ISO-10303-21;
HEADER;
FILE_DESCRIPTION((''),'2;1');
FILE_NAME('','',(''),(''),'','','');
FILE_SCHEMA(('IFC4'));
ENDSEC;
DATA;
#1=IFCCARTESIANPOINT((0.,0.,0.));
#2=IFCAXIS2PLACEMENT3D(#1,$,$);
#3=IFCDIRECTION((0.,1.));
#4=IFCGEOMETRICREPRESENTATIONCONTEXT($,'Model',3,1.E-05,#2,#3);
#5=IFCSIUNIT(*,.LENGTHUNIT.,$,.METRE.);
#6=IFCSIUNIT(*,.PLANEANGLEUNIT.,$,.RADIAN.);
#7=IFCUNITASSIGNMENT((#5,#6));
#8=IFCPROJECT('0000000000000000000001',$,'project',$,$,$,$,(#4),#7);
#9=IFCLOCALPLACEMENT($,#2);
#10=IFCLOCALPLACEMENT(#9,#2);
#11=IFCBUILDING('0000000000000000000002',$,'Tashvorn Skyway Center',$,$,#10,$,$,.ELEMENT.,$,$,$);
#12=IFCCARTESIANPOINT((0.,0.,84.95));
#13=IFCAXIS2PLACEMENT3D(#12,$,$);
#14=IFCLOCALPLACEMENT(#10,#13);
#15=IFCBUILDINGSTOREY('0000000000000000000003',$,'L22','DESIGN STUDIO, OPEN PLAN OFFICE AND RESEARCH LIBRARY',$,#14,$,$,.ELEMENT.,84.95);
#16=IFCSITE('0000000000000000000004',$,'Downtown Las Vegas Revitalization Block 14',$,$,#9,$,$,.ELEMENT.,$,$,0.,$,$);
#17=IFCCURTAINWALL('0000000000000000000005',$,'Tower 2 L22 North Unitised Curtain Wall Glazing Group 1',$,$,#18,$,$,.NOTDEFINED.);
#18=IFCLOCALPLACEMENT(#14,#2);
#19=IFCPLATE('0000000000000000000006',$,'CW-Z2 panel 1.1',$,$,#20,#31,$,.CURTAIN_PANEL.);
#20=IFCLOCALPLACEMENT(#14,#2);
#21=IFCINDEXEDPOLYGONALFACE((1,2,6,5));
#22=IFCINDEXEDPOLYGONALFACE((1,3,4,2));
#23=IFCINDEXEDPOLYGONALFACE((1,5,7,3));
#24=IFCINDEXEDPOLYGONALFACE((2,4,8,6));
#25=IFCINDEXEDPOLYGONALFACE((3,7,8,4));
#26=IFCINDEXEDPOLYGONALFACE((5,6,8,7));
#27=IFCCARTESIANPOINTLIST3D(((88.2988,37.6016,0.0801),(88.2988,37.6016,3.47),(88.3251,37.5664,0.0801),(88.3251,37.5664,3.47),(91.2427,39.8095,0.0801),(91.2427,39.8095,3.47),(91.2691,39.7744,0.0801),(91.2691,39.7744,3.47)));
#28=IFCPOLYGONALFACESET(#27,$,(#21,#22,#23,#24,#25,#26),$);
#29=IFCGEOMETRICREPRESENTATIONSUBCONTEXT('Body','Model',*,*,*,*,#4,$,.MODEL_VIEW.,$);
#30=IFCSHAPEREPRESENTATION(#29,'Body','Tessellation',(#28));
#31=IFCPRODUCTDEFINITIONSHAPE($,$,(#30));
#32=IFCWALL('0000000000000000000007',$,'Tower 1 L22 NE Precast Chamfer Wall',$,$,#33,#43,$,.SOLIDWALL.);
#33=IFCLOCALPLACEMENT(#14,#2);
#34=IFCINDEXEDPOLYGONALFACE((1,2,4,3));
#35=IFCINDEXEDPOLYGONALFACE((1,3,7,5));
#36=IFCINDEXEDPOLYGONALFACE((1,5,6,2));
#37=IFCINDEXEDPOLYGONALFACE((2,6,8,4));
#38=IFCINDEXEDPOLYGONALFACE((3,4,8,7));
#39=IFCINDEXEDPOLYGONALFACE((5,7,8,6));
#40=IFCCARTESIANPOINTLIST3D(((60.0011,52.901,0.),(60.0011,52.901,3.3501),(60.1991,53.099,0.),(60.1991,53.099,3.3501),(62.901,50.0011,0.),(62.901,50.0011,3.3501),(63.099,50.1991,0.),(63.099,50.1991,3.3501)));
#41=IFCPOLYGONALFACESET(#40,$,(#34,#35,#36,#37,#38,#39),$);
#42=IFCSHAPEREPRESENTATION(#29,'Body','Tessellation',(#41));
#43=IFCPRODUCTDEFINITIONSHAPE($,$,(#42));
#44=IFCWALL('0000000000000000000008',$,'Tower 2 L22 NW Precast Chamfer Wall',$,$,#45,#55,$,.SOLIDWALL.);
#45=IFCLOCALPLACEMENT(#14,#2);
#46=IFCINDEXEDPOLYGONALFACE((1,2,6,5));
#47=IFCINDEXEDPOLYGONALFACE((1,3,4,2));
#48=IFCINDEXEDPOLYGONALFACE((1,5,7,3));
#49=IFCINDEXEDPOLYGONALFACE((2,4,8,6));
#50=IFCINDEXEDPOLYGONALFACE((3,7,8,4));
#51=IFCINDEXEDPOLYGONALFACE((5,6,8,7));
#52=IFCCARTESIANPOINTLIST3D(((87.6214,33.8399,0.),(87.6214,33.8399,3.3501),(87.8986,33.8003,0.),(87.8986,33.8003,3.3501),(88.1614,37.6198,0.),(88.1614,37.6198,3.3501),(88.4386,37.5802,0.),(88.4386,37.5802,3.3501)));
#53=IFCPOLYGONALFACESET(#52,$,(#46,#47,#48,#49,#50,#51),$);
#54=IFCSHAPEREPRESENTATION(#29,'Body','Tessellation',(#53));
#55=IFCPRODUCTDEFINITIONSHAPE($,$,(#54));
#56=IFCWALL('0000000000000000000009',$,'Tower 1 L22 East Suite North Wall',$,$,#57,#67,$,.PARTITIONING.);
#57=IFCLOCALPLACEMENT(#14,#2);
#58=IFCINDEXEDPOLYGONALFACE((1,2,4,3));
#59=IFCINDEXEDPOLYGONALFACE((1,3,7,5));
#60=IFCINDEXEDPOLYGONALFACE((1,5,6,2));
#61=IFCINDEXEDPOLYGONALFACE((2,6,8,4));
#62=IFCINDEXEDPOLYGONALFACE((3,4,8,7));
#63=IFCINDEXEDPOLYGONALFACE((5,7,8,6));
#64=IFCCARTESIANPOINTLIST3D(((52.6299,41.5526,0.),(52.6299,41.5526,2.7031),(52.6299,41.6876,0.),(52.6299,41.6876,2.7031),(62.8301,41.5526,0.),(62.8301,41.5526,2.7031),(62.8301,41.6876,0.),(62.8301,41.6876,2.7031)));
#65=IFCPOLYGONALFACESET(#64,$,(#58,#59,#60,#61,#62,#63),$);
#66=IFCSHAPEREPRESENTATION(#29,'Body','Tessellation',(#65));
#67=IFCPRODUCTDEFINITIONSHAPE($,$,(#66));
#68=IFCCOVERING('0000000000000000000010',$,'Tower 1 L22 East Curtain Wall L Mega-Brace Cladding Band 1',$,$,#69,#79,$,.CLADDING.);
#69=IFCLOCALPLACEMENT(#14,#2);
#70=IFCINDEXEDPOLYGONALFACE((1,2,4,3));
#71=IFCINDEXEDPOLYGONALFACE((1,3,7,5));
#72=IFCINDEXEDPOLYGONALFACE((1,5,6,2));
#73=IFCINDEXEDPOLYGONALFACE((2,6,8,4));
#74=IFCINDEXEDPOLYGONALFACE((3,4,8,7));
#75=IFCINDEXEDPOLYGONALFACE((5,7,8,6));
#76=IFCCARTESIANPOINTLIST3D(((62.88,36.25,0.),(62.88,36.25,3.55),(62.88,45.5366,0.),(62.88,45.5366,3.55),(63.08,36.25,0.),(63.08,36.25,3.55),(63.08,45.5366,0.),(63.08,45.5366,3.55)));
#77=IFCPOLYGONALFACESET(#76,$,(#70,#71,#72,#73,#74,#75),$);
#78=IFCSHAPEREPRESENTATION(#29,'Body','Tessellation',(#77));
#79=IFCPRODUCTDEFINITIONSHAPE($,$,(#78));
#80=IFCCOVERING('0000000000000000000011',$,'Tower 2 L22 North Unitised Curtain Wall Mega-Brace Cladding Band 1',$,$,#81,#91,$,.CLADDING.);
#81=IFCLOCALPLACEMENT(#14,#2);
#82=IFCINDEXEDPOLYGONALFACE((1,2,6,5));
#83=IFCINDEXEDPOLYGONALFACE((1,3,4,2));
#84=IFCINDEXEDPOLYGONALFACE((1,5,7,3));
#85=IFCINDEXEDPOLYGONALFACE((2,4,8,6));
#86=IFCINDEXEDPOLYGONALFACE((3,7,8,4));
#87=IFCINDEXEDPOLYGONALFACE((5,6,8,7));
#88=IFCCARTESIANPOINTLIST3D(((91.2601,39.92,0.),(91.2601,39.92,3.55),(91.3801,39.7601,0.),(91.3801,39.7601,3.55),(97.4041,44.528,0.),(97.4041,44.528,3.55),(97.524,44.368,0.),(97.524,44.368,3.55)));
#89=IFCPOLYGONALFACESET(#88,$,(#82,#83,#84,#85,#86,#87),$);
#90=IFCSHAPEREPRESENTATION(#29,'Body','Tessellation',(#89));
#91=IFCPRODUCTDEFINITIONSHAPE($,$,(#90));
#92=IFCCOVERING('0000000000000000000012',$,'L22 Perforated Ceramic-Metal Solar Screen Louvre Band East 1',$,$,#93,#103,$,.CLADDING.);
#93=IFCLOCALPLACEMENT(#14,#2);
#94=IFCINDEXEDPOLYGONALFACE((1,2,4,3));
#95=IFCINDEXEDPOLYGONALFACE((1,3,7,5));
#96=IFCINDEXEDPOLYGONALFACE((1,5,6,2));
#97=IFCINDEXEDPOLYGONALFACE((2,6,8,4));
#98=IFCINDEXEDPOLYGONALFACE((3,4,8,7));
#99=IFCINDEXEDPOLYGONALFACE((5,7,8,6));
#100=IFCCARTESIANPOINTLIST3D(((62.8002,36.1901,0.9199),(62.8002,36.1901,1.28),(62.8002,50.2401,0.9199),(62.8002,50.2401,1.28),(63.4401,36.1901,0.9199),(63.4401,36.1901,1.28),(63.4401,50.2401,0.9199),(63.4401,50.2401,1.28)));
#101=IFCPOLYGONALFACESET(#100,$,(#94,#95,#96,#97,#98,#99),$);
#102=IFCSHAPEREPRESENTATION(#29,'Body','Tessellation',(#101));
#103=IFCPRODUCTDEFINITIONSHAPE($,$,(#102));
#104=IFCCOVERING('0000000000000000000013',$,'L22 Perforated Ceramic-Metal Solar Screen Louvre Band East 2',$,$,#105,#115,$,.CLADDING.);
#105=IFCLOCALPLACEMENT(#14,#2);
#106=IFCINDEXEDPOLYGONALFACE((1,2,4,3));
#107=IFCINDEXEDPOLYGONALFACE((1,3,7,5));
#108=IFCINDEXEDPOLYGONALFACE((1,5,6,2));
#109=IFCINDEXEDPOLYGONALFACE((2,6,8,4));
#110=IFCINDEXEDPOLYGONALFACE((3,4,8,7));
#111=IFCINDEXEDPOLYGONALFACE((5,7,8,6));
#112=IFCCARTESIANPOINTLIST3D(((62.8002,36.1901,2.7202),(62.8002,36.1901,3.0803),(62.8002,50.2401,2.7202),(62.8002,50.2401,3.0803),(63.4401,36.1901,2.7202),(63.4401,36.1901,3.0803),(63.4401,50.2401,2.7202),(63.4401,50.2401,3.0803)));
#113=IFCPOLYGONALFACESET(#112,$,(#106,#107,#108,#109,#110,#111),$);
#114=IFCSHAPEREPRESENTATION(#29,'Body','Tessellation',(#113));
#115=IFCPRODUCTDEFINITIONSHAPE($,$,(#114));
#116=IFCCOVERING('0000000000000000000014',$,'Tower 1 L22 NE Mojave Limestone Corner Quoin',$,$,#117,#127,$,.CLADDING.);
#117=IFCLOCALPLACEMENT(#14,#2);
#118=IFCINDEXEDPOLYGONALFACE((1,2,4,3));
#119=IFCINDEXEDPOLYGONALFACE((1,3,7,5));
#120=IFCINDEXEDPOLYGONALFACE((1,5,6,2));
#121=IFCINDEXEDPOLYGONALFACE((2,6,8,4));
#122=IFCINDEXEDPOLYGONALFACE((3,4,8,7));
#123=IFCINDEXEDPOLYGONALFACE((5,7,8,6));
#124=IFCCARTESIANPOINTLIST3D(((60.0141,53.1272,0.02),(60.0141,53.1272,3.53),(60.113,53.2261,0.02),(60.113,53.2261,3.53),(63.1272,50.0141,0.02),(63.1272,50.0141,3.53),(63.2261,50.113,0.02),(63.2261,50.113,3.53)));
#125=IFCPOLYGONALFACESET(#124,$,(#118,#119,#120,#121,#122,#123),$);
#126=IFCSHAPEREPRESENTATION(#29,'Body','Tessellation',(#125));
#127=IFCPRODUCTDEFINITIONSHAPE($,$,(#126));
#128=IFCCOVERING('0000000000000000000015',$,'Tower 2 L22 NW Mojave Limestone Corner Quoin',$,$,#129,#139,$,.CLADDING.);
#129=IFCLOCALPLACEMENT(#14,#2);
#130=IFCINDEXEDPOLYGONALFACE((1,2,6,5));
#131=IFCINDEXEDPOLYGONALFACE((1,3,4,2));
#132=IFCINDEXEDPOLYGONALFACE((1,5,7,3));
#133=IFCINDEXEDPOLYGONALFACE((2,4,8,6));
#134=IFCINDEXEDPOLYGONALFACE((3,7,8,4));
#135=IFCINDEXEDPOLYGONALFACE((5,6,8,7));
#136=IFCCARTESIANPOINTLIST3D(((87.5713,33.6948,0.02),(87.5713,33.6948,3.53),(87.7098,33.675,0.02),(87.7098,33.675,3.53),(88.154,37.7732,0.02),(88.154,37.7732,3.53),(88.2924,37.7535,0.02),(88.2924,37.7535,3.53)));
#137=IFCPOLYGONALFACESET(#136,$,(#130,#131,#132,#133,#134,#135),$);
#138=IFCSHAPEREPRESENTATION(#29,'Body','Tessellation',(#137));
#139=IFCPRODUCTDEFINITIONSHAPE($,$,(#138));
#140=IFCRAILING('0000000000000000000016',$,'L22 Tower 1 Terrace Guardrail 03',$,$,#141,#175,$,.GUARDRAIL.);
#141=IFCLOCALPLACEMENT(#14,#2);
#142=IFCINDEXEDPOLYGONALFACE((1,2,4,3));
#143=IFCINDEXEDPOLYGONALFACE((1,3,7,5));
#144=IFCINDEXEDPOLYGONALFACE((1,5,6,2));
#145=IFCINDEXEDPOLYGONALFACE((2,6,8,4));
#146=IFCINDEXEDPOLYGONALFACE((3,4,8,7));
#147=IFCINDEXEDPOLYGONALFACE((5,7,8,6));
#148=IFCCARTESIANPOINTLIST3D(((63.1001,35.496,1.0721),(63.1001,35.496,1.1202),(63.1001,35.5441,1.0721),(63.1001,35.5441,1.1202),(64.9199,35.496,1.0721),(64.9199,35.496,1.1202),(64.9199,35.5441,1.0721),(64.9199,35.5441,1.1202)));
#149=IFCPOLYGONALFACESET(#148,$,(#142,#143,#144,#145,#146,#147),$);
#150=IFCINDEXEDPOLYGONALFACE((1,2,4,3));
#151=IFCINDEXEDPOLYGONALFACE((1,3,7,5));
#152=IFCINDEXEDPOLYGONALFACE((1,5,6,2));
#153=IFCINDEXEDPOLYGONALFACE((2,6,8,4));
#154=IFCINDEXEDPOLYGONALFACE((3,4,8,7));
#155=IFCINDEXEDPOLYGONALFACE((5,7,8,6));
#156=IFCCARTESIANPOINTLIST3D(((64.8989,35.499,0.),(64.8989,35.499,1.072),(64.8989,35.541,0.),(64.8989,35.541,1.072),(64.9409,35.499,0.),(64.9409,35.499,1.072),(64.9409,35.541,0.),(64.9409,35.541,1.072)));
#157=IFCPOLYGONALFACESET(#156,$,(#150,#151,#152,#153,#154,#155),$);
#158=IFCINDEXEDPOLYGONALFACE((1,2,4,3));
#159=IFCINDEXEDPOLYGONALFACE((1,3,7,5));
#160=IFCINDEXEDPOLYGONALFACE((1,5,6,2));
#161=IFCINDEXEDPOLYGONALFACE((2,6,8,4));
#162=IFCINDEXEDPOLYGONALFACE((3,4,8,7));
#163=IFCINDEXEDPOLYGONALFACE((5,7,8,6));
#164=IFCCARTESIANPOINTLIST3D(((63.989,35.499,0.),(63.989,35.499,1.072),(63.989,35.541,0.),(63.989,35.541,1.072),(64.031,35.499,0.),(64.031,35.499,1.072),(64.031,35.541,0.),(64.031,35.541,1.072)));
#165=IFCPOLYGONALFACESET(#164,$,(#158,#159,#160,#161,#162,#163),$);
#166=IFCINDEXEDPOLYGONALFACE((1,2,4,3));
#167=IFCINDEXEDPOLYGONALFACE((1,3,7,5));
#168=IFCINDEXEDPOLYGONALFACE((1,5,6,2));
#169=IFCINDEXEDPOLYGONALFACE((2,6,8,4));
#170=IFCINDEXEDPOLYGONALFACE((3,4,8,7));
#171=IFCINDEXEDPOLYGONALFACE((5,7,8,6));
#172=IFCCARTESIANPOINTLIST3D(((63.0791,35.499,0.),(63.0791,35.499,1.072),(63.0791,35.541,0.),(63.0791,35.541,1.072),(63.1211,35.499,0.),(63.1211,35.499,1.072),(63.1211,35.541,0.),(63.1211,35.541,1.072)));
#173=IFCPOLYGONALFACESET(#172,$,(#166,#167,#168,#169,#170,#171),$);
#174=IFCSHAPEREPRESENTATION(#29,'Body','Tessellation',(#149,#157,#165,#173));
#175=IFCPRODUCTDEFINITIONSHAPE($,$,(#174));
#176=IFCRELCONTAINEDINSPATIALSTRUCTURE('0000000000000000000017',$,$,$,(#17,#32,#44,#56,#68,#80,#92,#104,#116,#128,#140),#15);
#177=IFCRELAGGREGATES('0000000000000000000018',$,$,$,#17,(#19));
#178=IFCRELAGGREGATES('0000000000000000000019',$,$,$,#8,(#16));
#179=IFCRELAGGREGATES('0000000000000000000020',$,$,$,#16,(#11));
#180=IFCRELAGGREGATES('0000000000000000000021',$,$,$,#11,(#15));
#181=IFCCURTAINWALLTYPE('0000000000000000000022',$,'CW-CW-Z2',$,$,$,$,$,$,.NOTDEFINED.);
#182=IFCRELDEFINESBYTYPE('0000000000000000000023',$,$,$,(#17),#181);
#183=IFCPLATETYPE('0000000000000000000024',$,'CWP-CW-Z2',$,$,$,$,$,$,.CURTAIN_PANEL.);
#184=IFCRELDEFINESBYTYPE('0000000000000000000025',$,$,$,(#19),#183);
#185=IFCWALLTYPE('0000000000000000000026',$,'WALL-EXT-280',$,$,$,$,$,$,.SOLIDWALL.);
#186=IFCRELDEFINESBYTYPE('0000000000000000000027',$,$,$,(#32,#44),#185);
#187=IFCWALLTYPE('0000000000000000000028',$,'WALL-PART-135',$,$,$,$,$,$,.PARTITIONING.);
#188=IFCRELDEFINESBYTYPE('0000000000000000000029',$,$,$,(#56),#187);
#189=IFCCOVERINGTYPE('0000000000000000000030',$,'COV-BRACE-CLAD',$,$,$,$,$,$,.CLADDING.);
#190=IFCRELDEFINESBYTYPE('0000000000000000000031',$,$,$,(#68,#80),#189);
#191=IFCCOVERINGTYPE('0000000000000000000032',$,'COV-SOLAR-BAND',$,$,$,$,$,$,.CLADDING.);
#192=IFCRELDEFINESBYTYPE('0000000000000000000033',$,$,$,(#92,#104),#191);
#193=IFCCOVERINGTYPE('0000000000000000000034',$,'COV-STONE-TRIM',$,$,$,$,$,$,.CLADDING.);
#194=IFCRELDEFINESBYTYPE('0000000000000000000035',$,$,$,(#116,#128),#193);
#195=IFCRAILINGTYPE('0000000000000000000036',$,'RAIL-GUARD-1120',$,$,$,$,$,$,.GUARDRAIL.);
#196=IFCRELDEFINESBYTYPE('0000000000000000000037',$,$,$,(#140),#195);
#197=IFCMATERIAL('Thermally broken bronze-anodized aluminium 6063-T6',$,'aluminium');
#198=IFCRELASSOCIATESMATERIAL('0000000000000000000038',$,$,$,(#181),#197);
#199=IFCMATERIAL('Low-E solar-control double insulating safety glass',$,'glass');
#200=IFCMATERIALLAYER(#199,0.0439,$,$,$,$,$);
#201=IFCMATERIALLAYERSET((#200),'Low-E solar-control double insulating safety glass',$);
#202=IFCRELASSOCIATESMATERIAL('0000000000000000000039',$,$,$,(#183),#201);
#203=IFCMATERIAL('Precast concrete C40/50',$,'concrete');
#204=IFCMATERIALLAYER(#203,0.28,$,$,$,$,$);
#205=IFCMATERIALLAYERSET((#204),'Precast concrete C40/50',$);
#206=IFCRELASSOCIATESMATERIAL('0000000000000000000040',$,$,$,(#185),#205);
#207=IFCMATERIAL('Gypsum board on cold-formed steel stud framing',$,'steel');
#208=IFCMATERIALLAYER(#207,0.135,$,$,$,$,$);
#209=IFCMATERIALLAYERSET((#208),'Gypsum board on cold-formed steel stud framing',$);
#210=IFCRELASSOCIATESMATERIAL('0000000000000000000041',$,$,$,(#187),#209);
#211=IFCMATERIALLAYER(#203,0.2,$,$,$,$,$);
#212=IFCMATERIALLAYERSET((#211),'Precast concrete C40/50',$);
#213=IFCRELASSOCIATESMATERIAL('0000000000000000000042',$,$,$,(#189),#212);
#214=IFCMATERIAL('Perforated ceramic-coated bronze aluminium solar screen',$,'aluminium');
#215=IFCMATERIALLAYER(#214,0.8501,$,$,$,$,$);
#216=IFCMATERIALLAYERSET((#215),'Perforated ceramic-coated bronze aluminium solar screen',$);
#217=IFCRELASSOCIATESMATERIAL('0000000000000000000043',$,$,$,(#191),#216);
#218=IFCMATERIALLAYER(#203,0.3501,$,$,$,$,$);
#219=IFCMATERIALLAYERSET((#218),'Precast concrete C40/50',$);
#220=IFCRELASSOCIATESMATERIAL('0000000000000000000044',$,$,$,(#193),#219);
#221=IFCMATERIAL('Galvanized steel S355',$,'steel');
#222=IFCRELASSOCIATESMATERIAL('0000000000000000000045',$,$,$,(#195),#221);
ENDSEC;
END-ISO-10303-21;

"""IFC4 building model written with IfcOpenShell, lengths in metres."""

from ifc_helpers import new_model, si_unit, direction, frame, frame_2d, origin, origin_2d, place, context, subcontext, project, spatial, rectangle, extrude, material, layer, layer_set, type_object, element, aggregate, save


model = new_model("IFC4")

# Units and contexts
model_context = context("Model", 3, precision=1e-05, world=origin(), true_north=direction((0.0, 1.0)))
body_context = subcontext(model_context, "Body", "Model", "MODEL_VIEW")
ifc_project = project(units=[si_unit("LENGTHUNIT", "METRE"), si_unit("PLANEANGLEUNIT", "RADIAN")], contexts=[model_context])

# Site, building, storey
site_placement = place(None, origin())
site = spatial("IfcSite", under=ifc_project, at=site_placement, Name="Downtown Las Vegas Revitalization Block 14", CompositionType="ELEMENT", RefElevation=0.0)
building_placement = place(site_placement, origin())
building = spatial("IfcBuilding", under=site, at=building_placement, Name="Tashvorn Skyway Center", CompositionType="ELEMENT")
storey_placement = place(building_placement, frame((0.0, 0.0, 84.95)))
storey = spatial("IfcBuildingStorey", under=building, at=storey_placement, Name="L22", Description="DESIGN STUDIO, OPEN PLAN OFFICE AND RESEARCH LIBRARY", CompositionType="ELEMENT", Elevation=84.95)

# Shared definitions
ifc_material_1 = material(Name="Thermally broken bronze-anodized aluminium 6063-T6", Category="aluminium")
curtain_wall_type = type_object("IfcCurtainWallType", Name="CW-CW-Z2", PredefinedType="NOTDEFINED", material=ifc_material_1)

# Curtain wall
curtain_wall_1_placement = place(storey_placement, origin())
curtain_wall_1 = element("IfcCurtainWall", 1, at=curtain_wall_1_placement, inside=storey, type_object=curtain_wall_type, Name="Tower 2 L22 North Unitised Curtain Wall Glazing Group 1", PredefinedType="NOTDEFINED")

# Plate
ifc_material_2 = material(Name="Low-E solar-control double insulating safety glass", Category="glass")
ifc_layer_1 = layer(ifc_material_2, 0.0439)
ifc_layer_set_1 = layer_set([ifc_layer_1], Name="Low-E solar-control double insulating safety glass")
plate_type = type_object("IfcPlateType", Name="CWP-CW-Z2", PredefinedType="CURTAIN_PANEL", material=ifc_layer_set_1)
plate_1_placement = place(storey_placement, frame((89.7839, 38.688, 0.0801), z_axis=(0.0, 0.0, 1.0), x_axis=(0.8, 0.6, 0.0)))
plate_1 = element("IfcPlate", 2, at=plate_1_placement, type_object=plate_type, Name="CW-Z2 panel 1.1", PredefinedType="CURTAIN_PANEL", context=body_context, shape_type="SweptSolid", body=[
    extrude(rectangle(XDim=3.6799, YDim=0.0439, at=origin_2d()), origin(), (0.0, 0.0, 1.0), 3.3899),
])
aggregate(curtain_wall_1, [plate_1])

# Shared definitions
ifc_material_3 = material(Name="Precast concrete C40/50", Category="concrete")
ifc_layer_2 = layer(ifc_material_3, 0.28)
ifc_layer_set_2 = layer_set([ifc_layer_2], Name="Precast concrete C40/50")
wall_type_1 = type_object("IfcWallType", Name="WALL-EXT-280", PredefinedType="SOLIDWALL", material=ifc_layer_set_2)

# Walls
wall_1_placement = place(storey_placement, frame((60.1001, 53.0, 0.0), z_axis=(0.0, 0.0, 1.0), x_axis=(0.707107, -0.707107, 0.0)))
element("IfcWall", 3, at=wall_1_placement, inside=storey, type_object=wall_type_1, Name="Tower 1 L22 NE Precast Chamfer Wall", PredefinedType="SOLIDWALL", context=body_context, shape_type="SweptSolid", body=[
    extrude(rectangle(XDim=4.1011, YDim=0.28, at=frame_2d((2.0505, 0.0))), origin(), (0.0, 0.0, 1.0), 3.3501),
])
wall_2_placement = place(storey_placement, frame((87.76, 33.8201, 0.0), z_axis=(0.0, 0.0, 1.0), x_axis=(0.14143, 0.989948, 0.0)))
element("IfcWall", 4, at=wall_2_placement, inside=storey, type_object=wall_type_1, Name="Tower 2 L22 NW Precast Chamfer Wall", PredefinedType="SOLIDWALL", context=body_context, shape_type="SweptSolid", body=[
    extrude(rectangle(XDim=3.8184, YDim=0.28, at=frame_2d((1.9092, 0.0))), origin(), (0.0, 0.0, 1.0), 3.3501),
])
ifc_material_4 = material(Name="Gypsum board on cold-formed steel stud framing", Category="steel")
ifc_layer_3 = layer(ifc_material_4, 0.135)
ifc_layer_set_3 = layer_set([ifc_layer_3], Name="Gypsum board on cold-formed steel stud framing")
wall_type_2 = type_object("IfcWallType", Name="WALL-PART-135", PredefinedType="PARTITIONING", material=ifc_layer_set_3)
wall_3_placement = place(storey_placement, frame((62.8301, 41.6201, 0.0), z_axis=(0.0, 0.0, 1.0), x_axis=(-1.0, 0.0, 0.0)))
element("IfcWall", 5, at=wall_3_placement, inside=storey, type_object=wall_type_2, Name="Tower 1 L22 East Suite North Wall", PredefinedType="PARTITIONING", context=body_context, shape_type="SweptSolid", body=[
    extrude(rectangle(XDim=10.2002, YDim=0.135, at=frame_2d((5.1001, 0.0))), origin(), (0.0, 0.0, 1.0), 2.7031),
])

# Coverings
ifc_layer_4 = layer(ifc_material_3, 0.2)
ifc_layer_set_4 = layer_set([ifc_layer_4], Name="Precast concrete C40/50")
covering_type_1 = type_object("IfcCoveringType", Name="COV-BRACE-CLAD", PredefinedType="CLADDING", material=ifc_layer_set_4)
covering_1_placement = place(storey_placement, frame((62.98, 40.8933, 0.0), z_axis=(0.0, 0.0, 1.0), x_axis=(0.0, -1.0, 0.0)))
element("IfcCovering", 6, at=covering_1_placement, inside=storey, type_object=covering_type_1, Name="Tower 1 L22 East Curtain Wall L Mega-Brace Cladding Band 1", PredefinedType="CLADDING", context=body_context, shape_type="SweptSolid", body=[
    extrude(rectangle(XDim=9.2866, YDim=0.2, at=origin_2d()), origin(), (0.0, 0.0, 1.0), 3.55),
])
covering_2_placement = place(storey_placement, frame((94.3921, 42.144, 0.0), z_axis=(0.0, 0.0, 1.0), x_axis=(0.8, 0.6, 0.0)))
element("IfcCovering", 7, at=covering_2_placement, inside=storey, type_object=covering_type_1, Name="Tower 2 L22 North Unitised Curtain Wall Mega-Brace Cladding Band 1", PredefinedType="CLADDING", context=body_context, shape_type="SweptSolid", body=[
    extrude(rectangle(XDim=7.6799, YDim=0.2, at=origin_2d()), origin(), (0.0, 0.0, 1.0), 3.55),
])
ifc_material_5 = material(Name="Perforated ceramic-coated bronze aluminium solar screen", Category="aluminium")
ifc_layer_5 = layer(ifc_material_5, 0.8501)
ifc_layer_set_5 = layer_set([ifc_layer_5], Name="Perforated ceramic-coated bronze aluminium solar screen")
covering_type_2 = type_object("IfcCoveringType", Name="COV-SOLAR-BAND", PredefinedType="CLADDING", material=ifc_layer_set_5)
for number, where, z_axis, x_axis, name in (
    (8, (63.1201, 43.2151, 0.9199), (0.0, 0.0, 1.0), (0.0, -1.0, 0.0), "L22 Perforated Ceramic-Metal Solar Screen Louvre Band East 1"),
    (9, (63.1201, 43.2151, 2.7202), (0.0, 0.0, 1.0), (0.0, -1.0, 0.0), "L22 Perforated Ceramic-Metal Solar Screen Louvre Band East 2"),
):
    element("IfcCovering", number, at=place(storey_placement, frame(where, z_axis=z_axis, x_axis=x_axis)), inside=storey, type_object=covering_type_2, Name=name, PredefinedType="CLADDING", context=body_context, shape_type="SweptSolid", body=[
        extrude(rectangle(XDim=14.05, YDim=0.6399, at=origin_2d()), origin(), (0.0, 0.0, 1.0), 0.3601),
    ])
ifc_layer_6 = layer(ifc_material_3, 0.3501)
ifc_layer_set_6 = layer_set([ifc_layer_6], Name="Precast concrete C40/50")
covering_type_3 = type_object("IfcCoveringType", Name="COV-STONE-TRIM", PredefinedType="CLADDING", material=ifc_layer_set_6)
covering_3_placement = place(storey_placement, frame((61.6201, 51.6201, 0.02), z_axis=(0.0, 0.0, 1.0), x_axis=(0.707107, -0.707107, 0.0)))
element("IfcCovering", 10, at=covering_3_placement, inside=storey, type_object=covering_type_3, Name="Tower 1 L22 NE Mojave Limestone Corner Quoin", PredefinedType="CLADDING", context=body_context, shape_type="SweptSolid", body=[
    extrude(rectangle(XDim=4.4026, YDim=0.1399, at=origin_2d()), origin(), (0.0, 0.0, 1.0), 3.51),
])
covering_4_placement = place(storey_placement, frame((87.9319, 35.7241, 0.02), z_axis=(0.0, 0.0, 1.0), x_axis=(-0.141421, -0.989949, 0.0)))
element("IfcCovering", 11, at=covering_4_placement, inside=storey, type_object=covering_type_3, Name="Tower 2 L22 NW Mojave Limestone Corner Quoin", PredefinedType="CLADDING", context=body_context, shape_type="SweptSolid", body=[
    extrude(rectangle(XDim=4.1199, YDim=0.1399, at=origin_2d()), origin(), (0.0, 0.0, 1.0), 3.51),
])

# Railing
ifc_material_6 = material(Name="Galvanized steel S355", Category="steel")
railing_type = type_object("IfcRailingType", Name="RAIL-GUARD-1120", PredefinedType="GUARDRAIL", material=ifc_material_6)
railing_placement = place(storey_placement, frame((64.9199, 35.52, 0.0)))
element("IfcRailing", 12, at=railing_placement, inside=storey, type_object=railing_type, Name="L22 Tower 1 Terrace Guardrail 03", PredefinedType="GUARDRAIL", context=body_context, shape_type="SweptSolid", body=[
    extrude(rectangle(XDim=0.0481, YDim=0.0481, at=origin_2d()), frame((0.0, 0.0, 1.0962), z_axis=(-1.0, 0.0, 0.0), x_axis=(0.0, -1.0, 0.0)), (0.0, 0.0, 1.0), 1.8198),
    extrude(rectangle(XDim=0.042, YDim=0.042, at=origin_2d()), origin(), (0.0, 0.0, 1.0), 1.072),
    extrude(rectangle(XDim=0.042, YDim=0.042, at=origin_2d()), frame((-0.9099, 0.0, 0.0)), (0.0, 0.0, 1.0), 1.072),
    extrude(rectangle(XDim=0.042, YDim=0.042, at=origin_2d()), frame((-1.8198, 0.0, 0.0)), (0.0, 0.0, 1.0), 1.072),
])

save(model, "model.ifc")
